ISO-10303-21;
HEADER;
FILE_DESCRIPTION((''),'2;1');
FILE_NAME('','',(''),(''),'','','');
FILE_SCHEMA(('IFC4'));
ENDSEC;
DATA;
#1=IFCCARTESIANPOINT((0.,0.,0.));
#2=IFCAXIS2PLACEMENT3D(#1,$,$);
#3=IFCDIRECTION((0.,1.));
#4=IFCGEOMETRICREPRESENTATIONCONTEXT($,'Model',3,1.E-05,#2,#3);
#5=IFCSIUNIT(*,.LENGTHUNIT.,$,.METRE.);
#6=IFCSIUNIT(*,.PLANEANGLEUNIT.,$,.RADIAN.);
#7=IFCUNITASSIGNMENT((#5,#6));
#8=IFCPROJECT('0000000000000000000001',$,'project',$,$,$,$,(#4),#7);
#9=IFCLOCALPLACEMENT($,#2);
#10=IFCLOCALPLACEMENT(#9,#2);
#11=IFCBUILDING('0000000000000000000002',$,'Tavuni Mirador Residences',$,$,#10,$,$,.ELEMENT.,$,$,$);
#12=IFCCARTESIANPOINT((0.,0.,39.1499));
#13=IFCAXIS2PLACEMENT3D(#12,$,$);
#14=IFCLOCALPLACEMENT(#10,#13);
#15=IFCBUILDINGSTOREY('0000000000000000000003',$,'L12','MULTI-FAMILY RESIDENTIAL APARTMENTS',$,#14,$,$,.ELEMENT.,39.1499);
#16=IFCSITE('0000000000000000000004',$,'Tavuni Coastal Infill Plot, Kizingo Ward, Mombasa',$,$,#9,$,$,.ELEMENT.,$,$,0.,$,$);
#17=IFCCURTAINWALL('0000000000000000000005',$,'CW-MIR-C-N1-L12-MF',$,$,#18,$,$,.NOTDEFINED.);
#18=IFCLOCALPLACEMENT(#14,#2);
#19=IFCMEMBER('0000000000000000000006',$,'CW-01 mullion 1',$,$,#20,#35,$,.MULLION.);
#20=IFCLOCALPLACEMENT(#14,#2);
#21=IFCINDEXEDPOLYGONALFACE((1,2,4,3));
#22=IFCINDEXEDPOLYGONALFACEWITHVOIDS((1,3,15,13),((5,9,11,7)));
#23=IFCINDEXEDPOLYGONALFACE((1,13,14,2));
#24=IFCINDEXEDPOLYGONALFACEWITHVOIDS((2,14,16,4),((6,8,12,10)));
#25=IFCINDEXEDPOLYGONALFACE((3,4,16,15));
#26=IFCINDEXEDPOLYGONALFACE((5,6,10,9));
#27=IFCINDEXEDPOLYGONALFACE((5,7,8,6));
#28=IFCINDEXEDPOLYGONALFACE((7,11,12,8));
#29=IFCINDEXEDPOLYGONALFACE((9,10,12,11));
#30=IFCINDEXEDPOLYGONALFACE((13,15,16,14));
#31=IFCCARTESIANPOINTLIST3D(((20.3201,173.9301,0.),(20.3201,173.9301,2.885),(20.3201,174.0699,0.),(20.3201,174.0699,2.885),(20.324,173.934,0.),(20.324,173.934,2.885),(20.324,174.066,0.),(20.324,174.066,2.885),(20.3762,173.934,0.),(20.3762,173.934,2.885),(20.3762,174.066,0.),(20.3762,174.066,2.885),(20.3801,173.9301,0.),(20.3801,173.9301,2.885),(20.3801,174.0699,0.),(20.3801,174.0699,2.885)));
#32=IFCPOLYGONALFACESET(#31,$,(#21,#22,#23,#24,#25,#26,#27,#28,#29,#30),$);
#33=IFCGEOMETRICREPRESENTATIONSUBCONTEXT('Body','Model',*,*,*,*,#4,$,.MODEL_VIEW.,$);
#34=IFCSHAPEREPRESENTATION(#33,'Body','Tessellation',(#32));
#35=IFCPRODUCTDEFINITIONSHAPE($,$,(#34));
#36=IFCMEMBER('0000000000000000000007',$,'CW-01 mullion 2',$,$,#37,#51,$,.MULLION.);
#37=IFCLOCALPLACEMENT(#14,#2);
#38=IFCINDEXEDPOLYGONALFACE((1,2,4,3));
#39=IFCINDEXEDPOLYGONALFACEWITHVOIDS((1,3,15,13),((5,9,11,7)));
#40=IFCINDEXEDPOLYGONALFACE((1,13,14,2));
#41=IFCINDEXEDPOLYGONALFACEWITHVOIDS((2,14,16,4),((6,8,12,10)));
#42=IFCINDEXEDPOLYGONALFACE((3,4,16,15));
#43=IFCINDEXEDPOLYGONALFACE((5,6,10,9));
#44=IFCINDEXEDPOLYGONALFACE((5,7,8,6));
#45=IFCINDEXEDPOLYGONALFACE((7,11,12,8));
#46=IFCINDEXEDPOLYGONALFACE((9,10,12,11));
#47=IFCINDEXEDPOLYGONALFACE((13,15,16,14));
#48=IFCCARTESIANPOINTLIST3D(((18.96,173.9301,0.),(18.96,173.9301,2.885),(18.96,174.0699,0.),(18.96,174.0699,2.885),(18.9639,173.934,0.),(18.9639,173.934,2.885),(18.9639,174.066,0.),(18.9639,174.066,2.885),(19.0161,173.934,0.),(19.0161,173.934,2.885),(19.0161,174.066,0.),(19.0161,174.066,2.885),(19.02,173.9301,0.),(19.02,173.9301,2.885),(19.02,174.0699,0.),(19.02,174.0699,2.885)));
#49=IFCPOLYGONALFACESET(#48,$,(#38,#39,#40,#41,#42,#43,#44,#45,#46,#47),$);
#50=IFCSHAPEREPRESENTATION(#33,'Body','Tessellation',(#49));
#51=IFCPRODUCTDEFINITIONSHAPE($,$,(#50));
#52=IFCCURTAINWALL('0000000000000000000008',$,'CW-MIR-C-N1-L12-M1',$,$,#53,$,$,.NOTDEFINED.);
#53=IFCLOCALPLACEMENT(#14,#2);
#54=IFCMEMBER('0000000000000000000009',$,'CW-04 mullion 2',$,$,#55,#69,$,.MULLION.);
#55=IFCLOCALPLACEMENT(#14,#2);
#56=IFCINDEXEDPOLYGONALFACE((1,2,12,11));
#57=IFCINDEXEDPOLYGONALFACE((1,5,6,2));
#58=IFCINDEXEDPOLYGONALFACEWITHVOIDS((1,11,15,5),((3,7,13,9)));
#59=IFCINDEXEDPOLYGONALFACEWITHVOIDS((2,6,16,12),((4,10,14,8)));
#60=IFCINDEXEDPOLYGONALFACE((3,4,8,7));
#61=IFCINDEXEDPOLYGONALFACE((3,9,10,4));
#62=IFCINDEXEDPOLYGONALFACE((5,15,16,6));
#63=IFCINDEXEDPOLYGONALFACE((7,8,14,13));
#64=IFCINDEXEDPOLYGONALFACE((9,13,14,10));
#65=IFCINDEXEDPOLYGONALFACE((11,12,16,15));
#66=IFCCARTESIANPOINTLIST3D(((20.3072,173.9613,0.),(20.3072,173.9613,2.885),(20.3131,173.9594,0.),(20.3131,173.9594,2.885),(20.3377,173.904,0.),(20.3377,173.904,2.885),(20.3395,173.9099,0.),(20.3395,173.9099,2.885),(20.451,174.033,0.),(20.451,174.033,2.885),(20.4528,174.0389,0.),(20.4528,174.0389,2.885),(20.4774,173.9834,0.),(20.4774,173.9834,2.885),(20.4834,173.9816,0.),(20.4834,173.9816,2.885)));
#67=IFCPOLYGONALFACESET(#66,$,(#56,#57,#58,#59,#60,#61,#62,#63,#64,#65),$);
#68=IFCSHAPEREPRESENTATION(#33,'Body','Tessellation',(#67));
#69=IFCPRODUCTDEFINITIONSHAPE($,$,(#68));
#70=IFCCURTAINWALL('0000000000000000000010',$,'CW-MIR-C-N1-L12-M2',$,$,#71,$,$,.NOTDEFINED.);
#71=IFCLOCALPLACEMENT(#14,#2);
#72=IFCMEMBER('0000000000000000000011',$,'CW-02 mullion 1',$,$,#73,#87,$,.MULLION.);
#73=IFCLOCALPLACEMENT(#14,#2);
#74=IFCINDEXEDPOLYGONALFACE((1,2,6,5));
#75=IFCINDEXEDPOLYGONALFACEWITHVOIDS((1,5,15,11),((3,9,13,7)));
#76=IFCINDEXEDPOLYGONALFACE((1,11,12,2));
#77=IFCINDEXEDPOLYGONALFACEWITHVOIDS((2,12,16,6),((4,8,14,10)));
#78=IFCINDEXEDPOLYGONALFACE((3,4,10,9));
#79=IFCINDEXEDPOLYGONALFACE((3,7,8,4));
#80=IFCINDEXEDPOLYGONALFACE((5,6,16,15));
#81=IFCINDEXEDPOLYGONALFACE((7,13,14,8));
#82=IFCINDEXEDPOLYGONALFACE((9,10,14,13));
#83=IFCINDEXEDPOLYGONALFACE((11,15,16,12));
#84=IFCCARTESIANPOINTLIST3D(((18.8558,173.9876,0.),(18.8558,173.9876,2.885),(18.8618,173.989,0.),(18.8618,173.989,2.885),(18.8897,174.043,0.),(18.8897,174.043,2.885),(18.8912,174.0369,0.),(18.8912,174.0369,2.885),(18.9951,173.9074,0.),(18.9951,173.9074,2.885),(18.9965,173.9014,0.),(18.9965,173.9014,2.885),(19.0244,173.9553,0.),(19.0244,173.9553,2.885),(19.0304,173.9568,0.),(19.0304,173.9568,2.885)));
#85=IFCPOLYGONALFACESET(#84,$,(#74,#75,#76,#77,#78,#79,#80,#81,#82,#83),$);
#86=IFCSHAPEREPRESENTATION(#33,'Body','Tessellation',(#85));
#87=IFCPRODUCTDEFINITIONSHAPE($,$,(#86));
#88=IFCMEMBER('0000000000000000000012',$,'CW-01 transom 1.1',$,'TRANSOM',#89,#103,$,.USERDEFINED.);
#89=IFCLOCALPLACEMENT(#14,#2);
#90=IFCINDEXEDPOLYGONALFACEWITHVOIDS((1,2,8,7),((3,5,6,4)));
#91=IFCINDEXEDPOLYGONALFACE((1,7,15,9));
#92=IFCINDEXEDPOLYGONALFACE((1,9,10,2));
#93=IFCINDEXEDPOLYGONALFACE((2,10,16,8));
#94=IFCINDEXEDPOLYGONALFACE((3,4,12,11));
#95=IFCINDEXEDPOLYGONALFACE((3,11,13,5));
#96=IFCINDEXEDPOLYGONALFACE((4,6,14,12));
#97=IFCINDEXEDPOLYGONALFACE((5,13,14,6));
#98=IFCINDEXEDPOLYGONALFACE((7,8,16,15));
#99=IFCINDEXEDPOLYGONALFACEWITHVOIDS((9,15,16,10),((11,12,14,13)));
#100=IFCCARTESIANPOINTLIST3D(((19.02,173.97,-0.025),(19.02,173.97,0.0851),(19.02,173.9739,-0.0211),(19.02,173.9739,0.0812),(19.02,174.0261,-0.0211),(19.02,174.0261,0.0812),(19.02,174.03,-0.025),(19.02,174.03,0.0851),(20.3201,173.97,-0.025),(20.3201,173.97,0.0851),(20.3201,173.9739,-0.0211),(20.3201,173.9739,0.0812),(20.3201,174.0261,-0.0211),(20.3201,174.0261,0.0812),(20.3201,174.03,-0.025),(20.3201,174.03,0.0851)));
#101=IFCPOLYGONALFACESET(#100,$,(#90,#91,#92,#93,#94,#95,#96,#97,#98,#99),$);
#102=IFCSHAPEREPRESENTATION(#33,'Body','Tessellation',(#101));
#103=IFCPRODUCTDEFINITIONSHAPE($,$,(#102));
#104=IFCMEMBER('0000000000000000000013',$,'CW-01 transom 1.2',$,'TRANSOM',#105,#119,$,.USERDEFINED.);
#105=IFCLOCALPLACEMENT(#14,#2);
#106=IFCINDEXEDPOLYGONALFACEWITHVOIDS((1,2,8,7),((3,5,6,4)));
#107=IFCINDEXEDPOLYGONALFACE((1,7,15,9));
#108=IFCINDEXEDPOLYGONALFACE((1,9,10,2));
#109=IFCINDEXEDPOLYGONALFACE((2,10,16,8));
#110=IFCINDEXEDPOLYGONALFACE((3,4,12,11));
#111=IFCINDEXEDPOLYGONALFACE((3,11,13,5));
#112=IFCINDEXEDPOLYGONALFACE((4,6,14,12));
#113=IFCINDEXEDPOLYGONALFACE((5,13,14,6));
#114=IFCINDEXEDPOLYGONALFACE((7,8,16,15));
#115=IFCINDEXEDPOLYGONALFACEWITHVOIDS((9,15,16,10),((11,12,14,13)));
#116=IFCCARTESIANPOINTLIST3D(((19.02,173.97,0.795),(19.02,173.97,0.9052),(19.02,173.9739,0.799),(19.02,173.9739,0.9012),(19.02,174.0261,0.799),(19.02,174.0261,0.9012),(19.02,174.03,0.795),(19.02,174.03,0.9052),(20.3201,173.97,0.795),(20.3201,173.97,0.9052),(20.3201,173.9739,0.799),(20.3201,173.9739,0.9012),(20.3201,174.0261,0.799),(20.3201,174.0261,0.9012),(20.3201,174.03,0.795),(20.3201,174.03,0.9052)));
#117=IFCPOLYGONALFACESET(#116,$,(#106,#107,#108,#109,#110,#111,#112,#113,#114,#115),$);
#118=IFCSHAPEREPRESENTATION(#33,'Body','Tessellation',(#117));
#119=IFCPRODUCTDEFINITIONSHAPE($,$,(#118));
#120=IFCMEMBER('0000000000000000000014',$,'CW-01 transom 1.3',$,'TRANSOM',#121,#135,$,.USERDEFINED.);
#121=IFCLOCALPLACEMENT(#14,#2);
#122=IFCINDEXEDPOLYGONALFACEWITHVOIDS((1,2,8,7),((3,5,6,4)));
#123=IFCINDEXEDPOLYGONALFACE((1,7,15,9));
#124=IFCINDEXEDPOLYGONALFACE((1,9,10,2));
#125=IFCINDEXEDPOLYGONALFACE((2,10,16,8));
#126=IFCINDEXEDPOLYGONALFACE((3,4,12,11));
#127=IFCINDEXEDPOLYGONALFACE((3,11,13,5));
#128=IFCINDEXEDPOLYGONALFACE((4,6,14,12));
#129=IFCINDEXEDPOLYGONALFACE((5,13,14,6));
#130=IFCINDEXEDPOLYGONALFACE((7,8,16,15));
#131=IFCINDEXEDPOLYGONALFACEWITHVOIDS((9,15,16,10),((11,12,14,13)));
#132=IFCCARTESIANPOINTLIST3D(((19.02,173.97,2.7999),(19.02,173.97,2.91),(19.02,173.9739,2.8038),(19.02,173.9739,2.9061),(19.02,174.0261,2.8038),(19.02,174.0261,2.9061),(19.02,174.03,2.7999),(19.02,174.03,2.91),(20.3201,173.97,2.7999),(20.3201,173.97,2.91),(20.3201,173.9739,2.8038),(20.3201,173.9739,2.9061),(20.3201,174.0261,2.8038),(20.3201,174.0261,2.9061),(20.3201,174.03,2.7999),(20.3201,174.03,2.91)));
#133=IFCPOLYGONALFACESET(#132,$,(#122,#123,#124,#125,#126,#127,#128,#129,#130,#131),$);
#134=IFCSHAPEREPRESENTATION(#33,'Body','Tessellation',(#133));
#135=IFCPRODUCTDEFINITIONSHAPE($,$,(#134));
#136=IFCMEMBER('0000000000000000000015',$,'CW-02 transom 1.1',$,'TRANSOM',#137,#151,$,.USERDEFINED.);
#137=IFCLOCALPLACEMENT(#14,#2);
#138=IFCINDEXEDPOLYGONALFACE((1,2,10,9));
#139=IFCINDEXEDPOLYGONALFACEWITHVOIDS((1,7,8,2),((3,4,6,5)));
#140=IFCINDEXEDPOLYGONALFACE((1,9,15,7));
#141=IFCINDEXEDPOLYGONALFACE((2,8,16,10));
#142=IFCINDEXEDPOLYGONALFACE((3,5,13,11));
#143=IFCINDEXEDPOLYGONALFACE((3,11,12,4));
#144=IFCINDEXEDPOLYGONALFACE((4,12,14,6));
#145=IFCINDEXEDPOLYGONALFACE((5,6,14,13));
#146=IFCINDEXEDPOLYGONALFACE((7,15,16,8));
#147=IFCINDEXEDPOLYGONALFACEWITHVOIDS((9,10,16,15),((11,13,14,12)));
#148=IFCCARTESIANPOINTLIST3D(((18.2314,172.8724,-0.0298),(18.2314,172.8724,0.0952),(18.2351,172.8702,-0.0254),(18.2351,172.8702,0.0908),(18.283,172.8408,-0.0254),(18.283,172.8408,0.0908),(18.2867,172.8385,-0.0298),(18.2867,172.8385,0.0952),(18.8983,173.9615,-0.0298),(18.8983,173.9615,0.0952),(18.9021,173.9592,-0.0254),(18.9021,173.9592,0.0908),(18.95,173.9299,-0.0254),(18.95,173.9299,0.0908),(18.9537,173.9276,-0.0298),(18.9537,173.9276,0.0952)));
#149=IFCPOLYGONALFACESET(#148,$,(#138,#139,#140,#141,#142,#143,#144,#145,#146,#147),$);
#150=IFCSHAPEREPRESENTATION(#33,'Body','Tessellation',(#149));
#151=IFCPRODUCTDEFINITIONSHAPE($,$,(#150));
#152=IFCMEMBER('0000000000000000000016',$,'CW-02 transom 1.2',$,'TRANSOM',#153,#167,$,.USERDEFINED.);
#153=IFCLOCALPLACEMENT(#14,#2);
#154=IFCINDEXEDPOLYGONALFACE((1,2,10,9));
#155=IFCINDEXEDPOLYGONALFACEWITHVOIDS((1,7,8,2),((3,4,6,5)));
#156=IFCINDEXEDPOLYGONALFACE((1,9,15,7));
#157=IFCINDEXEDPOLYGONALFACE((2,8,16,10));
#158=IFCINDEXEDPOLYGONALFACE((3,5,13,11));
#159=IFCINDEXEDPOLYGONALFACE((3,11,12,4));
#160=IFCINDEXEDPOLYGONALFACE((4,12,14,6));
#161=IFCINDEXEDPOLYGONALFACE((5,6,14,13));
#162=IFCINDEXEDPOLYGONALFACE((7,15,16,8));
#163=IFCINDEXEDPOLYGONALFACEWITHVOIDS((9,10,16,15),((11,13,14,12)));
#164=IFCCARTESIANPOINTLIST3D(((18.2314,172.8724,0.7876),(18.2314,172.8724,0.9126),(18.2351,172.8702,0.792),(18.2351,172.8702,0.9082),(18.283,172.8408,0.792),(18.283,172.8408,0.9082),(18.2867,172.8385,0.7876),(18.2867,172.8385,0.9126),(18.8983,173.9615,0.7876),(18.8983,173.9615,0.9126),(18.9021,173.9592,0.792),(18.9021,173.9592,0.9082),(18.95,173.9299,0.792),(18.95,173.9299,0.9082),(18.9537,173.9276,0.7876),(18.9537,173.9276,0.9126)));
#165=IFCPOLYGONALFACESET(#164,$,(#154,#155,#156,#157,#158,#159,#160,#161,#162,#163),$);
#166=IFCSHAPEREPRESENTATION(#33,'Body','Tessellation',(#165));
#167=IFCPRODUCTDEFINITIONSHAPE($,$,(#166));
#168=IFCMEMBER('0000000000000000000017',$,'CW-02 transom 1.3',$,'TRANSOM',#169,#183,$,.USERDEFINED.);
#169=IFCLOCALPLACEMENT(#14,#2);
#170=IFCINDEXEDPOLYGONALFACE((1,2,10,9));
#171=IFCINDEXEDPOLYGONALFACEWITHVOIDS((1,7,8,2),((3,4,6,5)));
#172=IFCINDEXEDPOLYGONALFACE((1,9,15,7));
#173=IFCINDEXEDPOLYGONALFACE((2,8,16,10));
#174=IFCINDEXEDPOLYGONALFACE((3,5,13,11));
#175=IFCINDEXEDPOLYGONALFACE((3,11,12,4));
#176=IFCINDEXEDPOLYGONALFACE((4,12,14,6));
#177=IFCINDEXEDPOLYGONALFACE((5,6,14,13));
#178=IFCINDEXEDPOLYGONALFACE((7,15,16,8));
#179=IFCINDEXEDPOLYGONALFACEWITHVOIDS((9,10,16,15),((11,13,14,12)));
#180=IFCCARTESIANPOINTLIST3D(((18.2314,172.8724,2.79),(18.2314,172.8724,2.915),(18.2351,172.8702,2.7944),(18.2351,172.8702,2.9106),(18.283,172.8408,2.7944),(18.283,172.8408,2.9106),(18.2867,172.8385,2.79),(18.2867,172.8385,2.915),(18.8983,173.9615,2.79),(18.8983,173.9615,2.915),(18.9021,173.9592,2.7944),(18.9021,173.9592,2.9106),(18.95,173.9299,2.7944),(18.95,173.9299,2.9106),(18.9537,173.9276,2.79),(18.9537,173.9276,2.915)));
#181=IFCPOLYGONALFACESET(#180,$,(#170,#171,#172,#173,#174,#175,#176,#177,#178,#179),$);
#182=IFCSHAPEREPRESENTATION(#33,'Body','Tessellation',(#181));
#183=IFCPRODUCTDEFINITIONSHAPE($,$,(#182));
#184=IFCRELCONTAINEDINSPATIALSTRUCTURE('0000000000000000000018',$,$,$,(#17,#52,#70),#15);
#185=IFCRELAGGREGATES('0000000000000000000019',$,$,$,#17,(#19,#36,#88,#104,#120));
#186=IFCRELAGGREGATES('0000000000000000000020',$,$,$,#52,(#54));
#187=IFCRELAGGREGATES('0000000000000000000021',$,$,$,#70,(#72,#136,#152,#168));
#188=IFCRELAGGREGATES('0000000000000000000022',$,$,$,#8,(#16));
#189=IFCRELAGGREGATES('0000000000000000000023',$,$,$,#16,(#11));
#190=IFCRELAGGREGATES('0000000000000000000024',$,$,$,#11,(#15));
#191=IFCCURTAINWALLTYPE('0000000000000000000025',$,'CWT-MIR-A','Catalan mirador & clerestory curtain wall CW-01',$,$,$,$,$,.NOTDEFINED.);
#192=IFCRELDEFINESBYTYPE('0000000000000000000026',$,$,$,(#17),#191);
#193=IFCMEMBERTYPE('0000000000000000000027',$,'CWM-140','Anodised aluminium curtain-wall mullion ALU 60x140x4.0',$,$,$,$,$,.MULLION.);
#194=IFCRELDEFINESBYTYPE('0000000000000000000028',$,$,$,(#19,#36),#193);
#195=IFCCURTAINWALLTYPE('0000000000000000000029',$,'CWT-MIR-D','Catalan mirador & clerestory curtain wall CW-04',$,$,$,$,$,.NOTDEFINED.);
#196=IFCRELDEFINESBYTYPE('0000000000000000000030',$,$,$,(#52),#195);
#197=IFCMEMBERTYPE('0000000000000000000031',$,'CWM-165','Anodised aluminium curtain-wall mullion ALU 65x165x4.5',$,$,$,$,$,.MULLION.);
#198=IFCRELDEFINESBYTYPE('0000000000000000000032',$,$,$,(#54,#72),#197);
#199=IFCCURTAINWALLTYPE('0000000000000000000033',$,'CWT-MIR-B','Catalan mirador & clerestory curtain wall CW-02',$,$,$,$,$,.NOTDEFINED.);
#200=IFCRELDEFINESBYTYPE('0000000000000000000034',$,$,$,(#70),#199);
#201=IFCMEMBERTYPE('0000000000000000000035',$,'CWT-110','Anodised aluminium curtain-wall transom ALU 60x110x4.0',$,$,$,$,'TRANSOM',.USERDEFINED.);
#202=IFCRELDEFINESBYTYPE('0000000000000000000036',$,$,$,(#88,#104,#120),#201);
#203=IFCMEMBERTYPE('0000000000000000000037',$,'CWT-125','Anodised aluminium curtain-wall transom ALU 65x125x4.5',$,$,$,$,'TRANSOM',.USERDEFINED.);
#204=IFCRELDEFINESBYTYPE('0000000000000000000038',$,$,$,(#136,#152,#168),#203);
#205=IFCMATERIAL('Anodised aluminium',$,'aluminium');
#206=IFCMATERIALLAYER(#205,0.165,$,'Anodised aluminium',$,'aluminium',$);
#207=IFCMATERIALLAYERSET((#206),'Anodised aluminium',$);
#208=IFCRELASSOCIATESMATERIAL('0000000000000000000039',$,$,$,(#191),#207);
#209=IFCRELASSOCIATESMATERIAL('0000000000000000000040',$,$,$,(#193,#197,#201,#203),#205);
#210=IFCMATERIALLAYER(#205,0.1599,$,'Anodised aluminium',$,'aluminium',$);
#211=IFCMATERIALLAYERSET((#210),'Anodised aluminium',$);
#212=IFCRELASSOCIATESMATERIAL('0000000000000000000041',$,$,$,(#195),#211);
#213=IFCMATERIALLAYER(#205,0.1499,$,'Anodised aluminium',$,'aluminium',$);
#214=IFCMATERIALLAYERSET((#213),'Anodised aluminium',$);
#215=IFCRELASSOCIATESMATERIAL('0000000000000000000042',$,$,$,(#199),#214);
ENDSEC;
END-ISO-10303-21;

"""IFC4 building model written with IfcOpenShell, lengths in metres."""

from ifc_helpers import new_model, si_unit, direction, frame, origin, origin_2d, place, context, subcontext, project, spatial, hollow_rectangle, extrude, material, layer, layer_set, material_profile, profile_set, type_object, element, aggregate, save


model = new_model("IFC4")

# Units and contexts
model_context = context("Model", 3, precision=1e-05, world=origin(), true_north=direction((0.0, 1.0)))
body_context = subcontext(model_context, "Body", "Model", "MODEL_VIEW")
ifc_project = project(units=[si_unit("LENGTHUNIT", "METRE"), si_unit("PLANEANGLEUNIT", "RADIAN")], contexts=[model_context])

# Site, building, storey
site_placement = place(None, origin())
site = spatial("IfcSite", under=ifc_project, at=site_placement, Name="Tavuni Coastal Infill Plot, Kizingo Ward, Mombasa", CompositionType="ELEMENT", RefElevation=0.0)
building_placement = place(site_placement, origin())
building = spatial("IfcBuilding", under=site, at=building_placement, Name="Tavuni Mirador Residences", CompositionType="ELEMENT")
storey_placement = place(building_placement, frame((0.0, 0.0, 39.1499)))
storey = spatial("IfcBuildingStorey", under=building, at=storey_placement, Name="L12", Description="MULTI-FAMILY RESIDENTIAL APARTMENTS", CompositionType="ELEMENT", Elevation=39.1499)

# Curtain wall, members
ifc_material_1 = material(Name="Anodised aluminium", Category="aluminium")
ifc_layer_1 = layer(ifc_material_1, 0.165, Name="Anodised aluminium", Category="aluminium")
ifc_layer_set_1 = layer_set([ifc_layer_1], Name="Anodised aluminium")
curtain_wall_type_1 = type_object("IfcCurtainWallType", Name="CWT-MIR-A", Description="Catalan mirador & clerestory curtain wall CW-01", PredefinedType="NOTDEFINED", material=ifc_layer_set_1)
curtain_wall_1_placement = place(storey_placement, origin())
curtain_wall_1 = element("IfcCurtainWall", 1, at=curtain_wall_1_placement, inside=storey, type_object=curtain_wall_type_1, Name="CW-MIR-C-N1-L12-MF", PredefinedType="NOTDEFINED")
ifc_material_profile_1 = material_profile(ifc_material_1, hollow_rectangle(XDim=0.0601, YDim=0.1399, WallThickness=0.0039, at=origin_2d()), Name="ALU 60x140x4.0", Category="aluminium")
ifc_profile_set_1 = profile_set([ifc_material_profile_1], Name="Anodised aluminium")
member_type_1 = type_object("IfcMemberType", Name="CWM-140", Description="Anodised aluminium curtain-wall mullion ALU 60x140x4.0", PredefinedType="MULLION", material=ifc_profile_set_1)
member_1_placement = place(storey_placement, frame((20.3501, 174.0, 0.0), z_axis=(0.0, 0.0, 1.0), x_axis=(-1.0, 0.0, 0.0)))
member_1 = element("IfcMember", 2, at=member_1_placement, type_object=member_type_1, Name="CW-01 mullion 1", PredefinedType="MULLION", context=body_context, shape_type="SweptSolid", body=[
    extrude(hollow_rectangle(XDim=0.0601, YDim=0.1399, WallThickness=0.0039, at=origin_2d()), origin(), (0.0, 0.0, 1.0), 2.885),
])
member_2_placement = place(storey_placement, frame((18.99, 174.0, 0.0), z_axis=(0.0, 0.0, 1.0), x_axis=(-1.0, 0.0, 0.0)))
member_2 = element("IfcMember", 3, at=member_2_placement, type_object=member_type_1, Name="CW-01 mullion 2", PredefinedType="MULLION", context=body_context, shape_type="SweptSolid", body=[
    extrude(hollow_rectangle(XDim=0.0601, YDim=0.1399, WallThickness=0.0039, at=origin_2d()), origin(), (0.0, 0.0, 1.0), 2.885),
])

# Curtain walls, members
ifc_layer_2 = layer(ifc_material_1, 0.1599, Name="Anodised aluminium", Category="aluminium")
ifc_layer_set_2 = layer_set([ifc_layer_2], Name="Anodised aluminium")
curtain_wall_type_2 = type_object("IfcCurtainWallType", Name="CWT-MIR-D", Description="Catalan mirador & clerestory curtain wall CW-04", PredefinedType="NOTDEFINED", material=ifc_layer_set_2)
curtain_wall_2_placement = place(storey_placement, origin())
curtain_wall_2 = element("IfcCurtainWall", 4, at=curtain_wall_2_placement, inside=storey, type_object=curtain_wall_type_2, Name="CW-MIR-C-N1-L12-M1", PredefinedType="NOTDEFINED")
ifc_material_profile_2 = material_profile(ifc_material_1, hollow_rectangle(XDim=0.0649, YDim=0.165, WallThickness=0.0044, at=origin_2d()), Name="ALU 65x165x4.5", Category="aluminium")
ifc_profile_set_2 = profile_set([ifc_material_profile_2], Name="Anodised aluminium")
member_type_2 = type_object("IfcMemberType", Name="CWM-165", Description="Anodised aluminium curtain-wall mullion ALU 65x165x4.5", PredefinedType="MULLION", material=ifc_profile_set_2)
member_3_placement = place(storey_placement, frame((20.3953, 173.9714, 0.0), z_axis=(0.0, 0.0, 1.0), x_axis=(-0.470588, 0.882353, 0.0)))
member_3 = element("IfcMember", 5, at=member_3_placement, type_object=member_type_2, Name="CW-04 mullion 2", PredefinedType="MULLION", context=body_context, shape_type="SweptSolid", body=[
    extrude(hollow_rectangle(XDim=0.0649, YDim=0.165, WallThickness=0.0044, at=origin_2d()), origin(), (0.0, 0.0, 1.0), 2.885),
])
ifc_layer_3 = layer(ifc_material_1, 0.1499, Name="Anodised aluminium", Category="aluminium")
ifc_layer_set_3 = layer_set([ifc_layer_3], Name="Anodised aluminium")
curtain_wall_type_3 = type_object("IfcCurtainWallType", Name="CWT-MIR-B", Description="Catalan mirador & clerestory curtain wall CW-02", PredefinedType="NOTDEFINED", material=ifc_layer_set_3)
curtain_wall_3_placement = place(storey_placement, origin())
curtain_wall_3 = element("IfcCurtainWall", 6, at=curtain_wall_3_placement, inside=storey, type_object=curtain_wall_type_3, Name="CW-MIR-C-N1-L12-M2", PredefinedType="NOTDEFINED")
member_4_placement = place(storey_placement, frame((18.9431, 173.9722, 0.0), z_axis=(0.0, 0.0, 1.0), x_axis=(-0.522312, -0.852754, 0.0)))
member_4 = element("IfcMember", 7, at=member_4_placement, type_object=member_type_2, Name="CW-02 mullion 1", PredefinedType="MULLION", context=body_context, shape_type="SweptSolid", body=[
    extrude(hollow_rectangle(XDim=0.0649, YDim=0.165, WallThickness=0.0044, at=origin_2d()), origin(), (0.0, 0.0, 1.0), 2.885),
])

# Members
ifc_material_profile_3 = material_profile(ifc_material_1, hollow_rectangle(XDim=0.0601, YDim=0.1101, WallThickness=0.0039, at=origin_2d()), Name="ALU 60x110x4.0", Category="aluminium")
ifc_profile_set_3 = profile_set([ifc_material_profile_3], Name="Anodised aluminium")
member_type_3 = type_object("IfcMemberType", Name="CWT-110", Description="Anodised aluminium curtain-wall transom ALU 60x110x4.0", ElementType="TRANSOM", PredefinedType="USERDEFINED", material=ifc_profile_set_3)
member_5_placement = place(storey_placement, frame((20.3201, 174.0, 0.03), z_axis=(-1.0, 0.0, 0.0), x_axis=(0.0, -1.0, 0.0)))
member_5 = element("IfcMember", 8, at=member_5_placement, type_object=member_type_3, Name="CW-01 transom 1.1", ObjectType="TRANSOM", PredefinedType="USERDEFINED", context=body_context, shape_type="SweptSolid", body=[
    extrude(hollow_rectangle(XDim=0.0601, YDim=0.1101, WallThickness=0.0039, at=origin_2d()), origin(), (0.0, 0.0, 1.0), 1.3),
])
member_6_placement = place(storey_placement, frame((20.3201, 174.0, 0.8501), z_axis=(-1.0, 0.0, 0.0), x_axis=(0.0, -1.0, 0.0)))
member_6 = element("IfcMember", 9, at=member_6_placement, type_object=member_type_3, Name="CW-01 transom 1.2", ObjectType="TRANSOM", PredefinedType="USERDEFINED", context=body_context, shape_type="SweptSolid", body=[
    extrude(hollow_rectangle(XDim=0.0601, YDim=0.1101, WallThickness=0.0039, at=origin_2d()), origin(), (0.0, 0.0, 1.0), 1.3),
])
member_7_placement = place(storey_placement, frame((20.3201, 174.0, 2.855), z_axis=(-1.0, 0.0, 0.0), x_axis=(0.0, -1.0, 0.0)))
member_7 = element("IfcMember", 10, at=member_7_placement, type_object=member_type_3, Name="CW-01 transom 1.3", ObjectType="TRANSOM", PredefinedType="USERDEFINED", context=body_context, shape_type="SweptSolid", body=[
    extrude(hollow_rectangle(XDim=0.0601, YDim=0.1101, WallThickness=0.0039, at=origin_2d()), origin(), (0.0, 0.0, 1.0), 1.3),
])
ifc_material_profile_4 = material_profile(ifc_material_1, hollow_rectangle(XDim=0.0649, YDim=0.125, WallThickness=0.0044, at=origin_2d()), Name="ALU 65x125x4.5", Category="aluminium")
ifc_profile_set_4 = profile_set([ifc_material_profile_4], Name="Anodised aluminium")
member_type_4 = type_object("IfcMemberType", Name="CWT-125", Description="Anodised aluminium curtain-wall transom ALU 65x125x4.5", ElementType="TRANSOM", PredefinedType="USERDEFINED", material=ifc_profile_set_4)
member_8_placement = place(storey_placement, frame((18.926, 173.9446, 0.0327), z_axis=(-0.522262, -0.852785, 0.0), x_axis=(0.852785, -0.522262, 0.0)))
member_8 = element("IfcMember", 11, at=member_8_placement, type_object=member_type_4, Name="CW-02 transom 1.1", ObjectType="TRANSOM", PredefinedType="USERDEFINED", context=body_context, shape_type="SweptSolid", body=[
    extrude(hollow_rectangle(XDim=0.0649, YDim=0.125, WallThickness=0.0044, at=origin_2d()), origin(), (0.0, 0.0, 1.0), 1.2771),
])
member_9_placement = place(storey_placement, frame((18.926, 173.9446, 0.8501), z_axis=(-0.522262, -0.852785, 0.0), x_axis=(0.852785, -0.522262, 0.0)))
member_9 = element("IfcMember", 12, at=member_9_placement, type_object=member_type_4, Name="CW-02 transom 1.2", ObjectType="TRANSOM", PredefinedType="USERDEFINED", context=body_context, shape_type="SweptSolid", body=[
    extrude(hollow_rectangle(XDim=0.0649, YDim=0.125, WallThickness=0.0044, at=origin_2d()), origin(), (0.0, 0.0, 1.0), 1.2771),
])
member_10_placement = place(storey_placement, frame((18.926, 173.9446, 2.8525), z_axis=(-0.522262, -0.852785, 0.0), x_axis=(0.852785, -0.522262, 0.0)))
member_10 = element("IfcMember", 13, at=member_10_placement, type_object=member_type_4, Name="CW-02 transom 1.3", ObjectType="TRANSOM", PredefinedType="USERDEFINED", context=body_context, shape_type="SweptSolid", body=[
    extrude(hollow_rectangle(XDim=0.0649, YDim=0.125, WallThickness=0.0044, at=origin_2d()), origin(), (0.0, 0.0, 1.0), 1.2771),
])

aggregate(curtain_wall_1, [member_1, member_2, member_5, member_6, member_7])
aggregate(curtain_wall_2, [member_3])
aggregate(curtain_wall_3, [member_4, member_8, member_9, member_10])

save(model, "model.ifc")
